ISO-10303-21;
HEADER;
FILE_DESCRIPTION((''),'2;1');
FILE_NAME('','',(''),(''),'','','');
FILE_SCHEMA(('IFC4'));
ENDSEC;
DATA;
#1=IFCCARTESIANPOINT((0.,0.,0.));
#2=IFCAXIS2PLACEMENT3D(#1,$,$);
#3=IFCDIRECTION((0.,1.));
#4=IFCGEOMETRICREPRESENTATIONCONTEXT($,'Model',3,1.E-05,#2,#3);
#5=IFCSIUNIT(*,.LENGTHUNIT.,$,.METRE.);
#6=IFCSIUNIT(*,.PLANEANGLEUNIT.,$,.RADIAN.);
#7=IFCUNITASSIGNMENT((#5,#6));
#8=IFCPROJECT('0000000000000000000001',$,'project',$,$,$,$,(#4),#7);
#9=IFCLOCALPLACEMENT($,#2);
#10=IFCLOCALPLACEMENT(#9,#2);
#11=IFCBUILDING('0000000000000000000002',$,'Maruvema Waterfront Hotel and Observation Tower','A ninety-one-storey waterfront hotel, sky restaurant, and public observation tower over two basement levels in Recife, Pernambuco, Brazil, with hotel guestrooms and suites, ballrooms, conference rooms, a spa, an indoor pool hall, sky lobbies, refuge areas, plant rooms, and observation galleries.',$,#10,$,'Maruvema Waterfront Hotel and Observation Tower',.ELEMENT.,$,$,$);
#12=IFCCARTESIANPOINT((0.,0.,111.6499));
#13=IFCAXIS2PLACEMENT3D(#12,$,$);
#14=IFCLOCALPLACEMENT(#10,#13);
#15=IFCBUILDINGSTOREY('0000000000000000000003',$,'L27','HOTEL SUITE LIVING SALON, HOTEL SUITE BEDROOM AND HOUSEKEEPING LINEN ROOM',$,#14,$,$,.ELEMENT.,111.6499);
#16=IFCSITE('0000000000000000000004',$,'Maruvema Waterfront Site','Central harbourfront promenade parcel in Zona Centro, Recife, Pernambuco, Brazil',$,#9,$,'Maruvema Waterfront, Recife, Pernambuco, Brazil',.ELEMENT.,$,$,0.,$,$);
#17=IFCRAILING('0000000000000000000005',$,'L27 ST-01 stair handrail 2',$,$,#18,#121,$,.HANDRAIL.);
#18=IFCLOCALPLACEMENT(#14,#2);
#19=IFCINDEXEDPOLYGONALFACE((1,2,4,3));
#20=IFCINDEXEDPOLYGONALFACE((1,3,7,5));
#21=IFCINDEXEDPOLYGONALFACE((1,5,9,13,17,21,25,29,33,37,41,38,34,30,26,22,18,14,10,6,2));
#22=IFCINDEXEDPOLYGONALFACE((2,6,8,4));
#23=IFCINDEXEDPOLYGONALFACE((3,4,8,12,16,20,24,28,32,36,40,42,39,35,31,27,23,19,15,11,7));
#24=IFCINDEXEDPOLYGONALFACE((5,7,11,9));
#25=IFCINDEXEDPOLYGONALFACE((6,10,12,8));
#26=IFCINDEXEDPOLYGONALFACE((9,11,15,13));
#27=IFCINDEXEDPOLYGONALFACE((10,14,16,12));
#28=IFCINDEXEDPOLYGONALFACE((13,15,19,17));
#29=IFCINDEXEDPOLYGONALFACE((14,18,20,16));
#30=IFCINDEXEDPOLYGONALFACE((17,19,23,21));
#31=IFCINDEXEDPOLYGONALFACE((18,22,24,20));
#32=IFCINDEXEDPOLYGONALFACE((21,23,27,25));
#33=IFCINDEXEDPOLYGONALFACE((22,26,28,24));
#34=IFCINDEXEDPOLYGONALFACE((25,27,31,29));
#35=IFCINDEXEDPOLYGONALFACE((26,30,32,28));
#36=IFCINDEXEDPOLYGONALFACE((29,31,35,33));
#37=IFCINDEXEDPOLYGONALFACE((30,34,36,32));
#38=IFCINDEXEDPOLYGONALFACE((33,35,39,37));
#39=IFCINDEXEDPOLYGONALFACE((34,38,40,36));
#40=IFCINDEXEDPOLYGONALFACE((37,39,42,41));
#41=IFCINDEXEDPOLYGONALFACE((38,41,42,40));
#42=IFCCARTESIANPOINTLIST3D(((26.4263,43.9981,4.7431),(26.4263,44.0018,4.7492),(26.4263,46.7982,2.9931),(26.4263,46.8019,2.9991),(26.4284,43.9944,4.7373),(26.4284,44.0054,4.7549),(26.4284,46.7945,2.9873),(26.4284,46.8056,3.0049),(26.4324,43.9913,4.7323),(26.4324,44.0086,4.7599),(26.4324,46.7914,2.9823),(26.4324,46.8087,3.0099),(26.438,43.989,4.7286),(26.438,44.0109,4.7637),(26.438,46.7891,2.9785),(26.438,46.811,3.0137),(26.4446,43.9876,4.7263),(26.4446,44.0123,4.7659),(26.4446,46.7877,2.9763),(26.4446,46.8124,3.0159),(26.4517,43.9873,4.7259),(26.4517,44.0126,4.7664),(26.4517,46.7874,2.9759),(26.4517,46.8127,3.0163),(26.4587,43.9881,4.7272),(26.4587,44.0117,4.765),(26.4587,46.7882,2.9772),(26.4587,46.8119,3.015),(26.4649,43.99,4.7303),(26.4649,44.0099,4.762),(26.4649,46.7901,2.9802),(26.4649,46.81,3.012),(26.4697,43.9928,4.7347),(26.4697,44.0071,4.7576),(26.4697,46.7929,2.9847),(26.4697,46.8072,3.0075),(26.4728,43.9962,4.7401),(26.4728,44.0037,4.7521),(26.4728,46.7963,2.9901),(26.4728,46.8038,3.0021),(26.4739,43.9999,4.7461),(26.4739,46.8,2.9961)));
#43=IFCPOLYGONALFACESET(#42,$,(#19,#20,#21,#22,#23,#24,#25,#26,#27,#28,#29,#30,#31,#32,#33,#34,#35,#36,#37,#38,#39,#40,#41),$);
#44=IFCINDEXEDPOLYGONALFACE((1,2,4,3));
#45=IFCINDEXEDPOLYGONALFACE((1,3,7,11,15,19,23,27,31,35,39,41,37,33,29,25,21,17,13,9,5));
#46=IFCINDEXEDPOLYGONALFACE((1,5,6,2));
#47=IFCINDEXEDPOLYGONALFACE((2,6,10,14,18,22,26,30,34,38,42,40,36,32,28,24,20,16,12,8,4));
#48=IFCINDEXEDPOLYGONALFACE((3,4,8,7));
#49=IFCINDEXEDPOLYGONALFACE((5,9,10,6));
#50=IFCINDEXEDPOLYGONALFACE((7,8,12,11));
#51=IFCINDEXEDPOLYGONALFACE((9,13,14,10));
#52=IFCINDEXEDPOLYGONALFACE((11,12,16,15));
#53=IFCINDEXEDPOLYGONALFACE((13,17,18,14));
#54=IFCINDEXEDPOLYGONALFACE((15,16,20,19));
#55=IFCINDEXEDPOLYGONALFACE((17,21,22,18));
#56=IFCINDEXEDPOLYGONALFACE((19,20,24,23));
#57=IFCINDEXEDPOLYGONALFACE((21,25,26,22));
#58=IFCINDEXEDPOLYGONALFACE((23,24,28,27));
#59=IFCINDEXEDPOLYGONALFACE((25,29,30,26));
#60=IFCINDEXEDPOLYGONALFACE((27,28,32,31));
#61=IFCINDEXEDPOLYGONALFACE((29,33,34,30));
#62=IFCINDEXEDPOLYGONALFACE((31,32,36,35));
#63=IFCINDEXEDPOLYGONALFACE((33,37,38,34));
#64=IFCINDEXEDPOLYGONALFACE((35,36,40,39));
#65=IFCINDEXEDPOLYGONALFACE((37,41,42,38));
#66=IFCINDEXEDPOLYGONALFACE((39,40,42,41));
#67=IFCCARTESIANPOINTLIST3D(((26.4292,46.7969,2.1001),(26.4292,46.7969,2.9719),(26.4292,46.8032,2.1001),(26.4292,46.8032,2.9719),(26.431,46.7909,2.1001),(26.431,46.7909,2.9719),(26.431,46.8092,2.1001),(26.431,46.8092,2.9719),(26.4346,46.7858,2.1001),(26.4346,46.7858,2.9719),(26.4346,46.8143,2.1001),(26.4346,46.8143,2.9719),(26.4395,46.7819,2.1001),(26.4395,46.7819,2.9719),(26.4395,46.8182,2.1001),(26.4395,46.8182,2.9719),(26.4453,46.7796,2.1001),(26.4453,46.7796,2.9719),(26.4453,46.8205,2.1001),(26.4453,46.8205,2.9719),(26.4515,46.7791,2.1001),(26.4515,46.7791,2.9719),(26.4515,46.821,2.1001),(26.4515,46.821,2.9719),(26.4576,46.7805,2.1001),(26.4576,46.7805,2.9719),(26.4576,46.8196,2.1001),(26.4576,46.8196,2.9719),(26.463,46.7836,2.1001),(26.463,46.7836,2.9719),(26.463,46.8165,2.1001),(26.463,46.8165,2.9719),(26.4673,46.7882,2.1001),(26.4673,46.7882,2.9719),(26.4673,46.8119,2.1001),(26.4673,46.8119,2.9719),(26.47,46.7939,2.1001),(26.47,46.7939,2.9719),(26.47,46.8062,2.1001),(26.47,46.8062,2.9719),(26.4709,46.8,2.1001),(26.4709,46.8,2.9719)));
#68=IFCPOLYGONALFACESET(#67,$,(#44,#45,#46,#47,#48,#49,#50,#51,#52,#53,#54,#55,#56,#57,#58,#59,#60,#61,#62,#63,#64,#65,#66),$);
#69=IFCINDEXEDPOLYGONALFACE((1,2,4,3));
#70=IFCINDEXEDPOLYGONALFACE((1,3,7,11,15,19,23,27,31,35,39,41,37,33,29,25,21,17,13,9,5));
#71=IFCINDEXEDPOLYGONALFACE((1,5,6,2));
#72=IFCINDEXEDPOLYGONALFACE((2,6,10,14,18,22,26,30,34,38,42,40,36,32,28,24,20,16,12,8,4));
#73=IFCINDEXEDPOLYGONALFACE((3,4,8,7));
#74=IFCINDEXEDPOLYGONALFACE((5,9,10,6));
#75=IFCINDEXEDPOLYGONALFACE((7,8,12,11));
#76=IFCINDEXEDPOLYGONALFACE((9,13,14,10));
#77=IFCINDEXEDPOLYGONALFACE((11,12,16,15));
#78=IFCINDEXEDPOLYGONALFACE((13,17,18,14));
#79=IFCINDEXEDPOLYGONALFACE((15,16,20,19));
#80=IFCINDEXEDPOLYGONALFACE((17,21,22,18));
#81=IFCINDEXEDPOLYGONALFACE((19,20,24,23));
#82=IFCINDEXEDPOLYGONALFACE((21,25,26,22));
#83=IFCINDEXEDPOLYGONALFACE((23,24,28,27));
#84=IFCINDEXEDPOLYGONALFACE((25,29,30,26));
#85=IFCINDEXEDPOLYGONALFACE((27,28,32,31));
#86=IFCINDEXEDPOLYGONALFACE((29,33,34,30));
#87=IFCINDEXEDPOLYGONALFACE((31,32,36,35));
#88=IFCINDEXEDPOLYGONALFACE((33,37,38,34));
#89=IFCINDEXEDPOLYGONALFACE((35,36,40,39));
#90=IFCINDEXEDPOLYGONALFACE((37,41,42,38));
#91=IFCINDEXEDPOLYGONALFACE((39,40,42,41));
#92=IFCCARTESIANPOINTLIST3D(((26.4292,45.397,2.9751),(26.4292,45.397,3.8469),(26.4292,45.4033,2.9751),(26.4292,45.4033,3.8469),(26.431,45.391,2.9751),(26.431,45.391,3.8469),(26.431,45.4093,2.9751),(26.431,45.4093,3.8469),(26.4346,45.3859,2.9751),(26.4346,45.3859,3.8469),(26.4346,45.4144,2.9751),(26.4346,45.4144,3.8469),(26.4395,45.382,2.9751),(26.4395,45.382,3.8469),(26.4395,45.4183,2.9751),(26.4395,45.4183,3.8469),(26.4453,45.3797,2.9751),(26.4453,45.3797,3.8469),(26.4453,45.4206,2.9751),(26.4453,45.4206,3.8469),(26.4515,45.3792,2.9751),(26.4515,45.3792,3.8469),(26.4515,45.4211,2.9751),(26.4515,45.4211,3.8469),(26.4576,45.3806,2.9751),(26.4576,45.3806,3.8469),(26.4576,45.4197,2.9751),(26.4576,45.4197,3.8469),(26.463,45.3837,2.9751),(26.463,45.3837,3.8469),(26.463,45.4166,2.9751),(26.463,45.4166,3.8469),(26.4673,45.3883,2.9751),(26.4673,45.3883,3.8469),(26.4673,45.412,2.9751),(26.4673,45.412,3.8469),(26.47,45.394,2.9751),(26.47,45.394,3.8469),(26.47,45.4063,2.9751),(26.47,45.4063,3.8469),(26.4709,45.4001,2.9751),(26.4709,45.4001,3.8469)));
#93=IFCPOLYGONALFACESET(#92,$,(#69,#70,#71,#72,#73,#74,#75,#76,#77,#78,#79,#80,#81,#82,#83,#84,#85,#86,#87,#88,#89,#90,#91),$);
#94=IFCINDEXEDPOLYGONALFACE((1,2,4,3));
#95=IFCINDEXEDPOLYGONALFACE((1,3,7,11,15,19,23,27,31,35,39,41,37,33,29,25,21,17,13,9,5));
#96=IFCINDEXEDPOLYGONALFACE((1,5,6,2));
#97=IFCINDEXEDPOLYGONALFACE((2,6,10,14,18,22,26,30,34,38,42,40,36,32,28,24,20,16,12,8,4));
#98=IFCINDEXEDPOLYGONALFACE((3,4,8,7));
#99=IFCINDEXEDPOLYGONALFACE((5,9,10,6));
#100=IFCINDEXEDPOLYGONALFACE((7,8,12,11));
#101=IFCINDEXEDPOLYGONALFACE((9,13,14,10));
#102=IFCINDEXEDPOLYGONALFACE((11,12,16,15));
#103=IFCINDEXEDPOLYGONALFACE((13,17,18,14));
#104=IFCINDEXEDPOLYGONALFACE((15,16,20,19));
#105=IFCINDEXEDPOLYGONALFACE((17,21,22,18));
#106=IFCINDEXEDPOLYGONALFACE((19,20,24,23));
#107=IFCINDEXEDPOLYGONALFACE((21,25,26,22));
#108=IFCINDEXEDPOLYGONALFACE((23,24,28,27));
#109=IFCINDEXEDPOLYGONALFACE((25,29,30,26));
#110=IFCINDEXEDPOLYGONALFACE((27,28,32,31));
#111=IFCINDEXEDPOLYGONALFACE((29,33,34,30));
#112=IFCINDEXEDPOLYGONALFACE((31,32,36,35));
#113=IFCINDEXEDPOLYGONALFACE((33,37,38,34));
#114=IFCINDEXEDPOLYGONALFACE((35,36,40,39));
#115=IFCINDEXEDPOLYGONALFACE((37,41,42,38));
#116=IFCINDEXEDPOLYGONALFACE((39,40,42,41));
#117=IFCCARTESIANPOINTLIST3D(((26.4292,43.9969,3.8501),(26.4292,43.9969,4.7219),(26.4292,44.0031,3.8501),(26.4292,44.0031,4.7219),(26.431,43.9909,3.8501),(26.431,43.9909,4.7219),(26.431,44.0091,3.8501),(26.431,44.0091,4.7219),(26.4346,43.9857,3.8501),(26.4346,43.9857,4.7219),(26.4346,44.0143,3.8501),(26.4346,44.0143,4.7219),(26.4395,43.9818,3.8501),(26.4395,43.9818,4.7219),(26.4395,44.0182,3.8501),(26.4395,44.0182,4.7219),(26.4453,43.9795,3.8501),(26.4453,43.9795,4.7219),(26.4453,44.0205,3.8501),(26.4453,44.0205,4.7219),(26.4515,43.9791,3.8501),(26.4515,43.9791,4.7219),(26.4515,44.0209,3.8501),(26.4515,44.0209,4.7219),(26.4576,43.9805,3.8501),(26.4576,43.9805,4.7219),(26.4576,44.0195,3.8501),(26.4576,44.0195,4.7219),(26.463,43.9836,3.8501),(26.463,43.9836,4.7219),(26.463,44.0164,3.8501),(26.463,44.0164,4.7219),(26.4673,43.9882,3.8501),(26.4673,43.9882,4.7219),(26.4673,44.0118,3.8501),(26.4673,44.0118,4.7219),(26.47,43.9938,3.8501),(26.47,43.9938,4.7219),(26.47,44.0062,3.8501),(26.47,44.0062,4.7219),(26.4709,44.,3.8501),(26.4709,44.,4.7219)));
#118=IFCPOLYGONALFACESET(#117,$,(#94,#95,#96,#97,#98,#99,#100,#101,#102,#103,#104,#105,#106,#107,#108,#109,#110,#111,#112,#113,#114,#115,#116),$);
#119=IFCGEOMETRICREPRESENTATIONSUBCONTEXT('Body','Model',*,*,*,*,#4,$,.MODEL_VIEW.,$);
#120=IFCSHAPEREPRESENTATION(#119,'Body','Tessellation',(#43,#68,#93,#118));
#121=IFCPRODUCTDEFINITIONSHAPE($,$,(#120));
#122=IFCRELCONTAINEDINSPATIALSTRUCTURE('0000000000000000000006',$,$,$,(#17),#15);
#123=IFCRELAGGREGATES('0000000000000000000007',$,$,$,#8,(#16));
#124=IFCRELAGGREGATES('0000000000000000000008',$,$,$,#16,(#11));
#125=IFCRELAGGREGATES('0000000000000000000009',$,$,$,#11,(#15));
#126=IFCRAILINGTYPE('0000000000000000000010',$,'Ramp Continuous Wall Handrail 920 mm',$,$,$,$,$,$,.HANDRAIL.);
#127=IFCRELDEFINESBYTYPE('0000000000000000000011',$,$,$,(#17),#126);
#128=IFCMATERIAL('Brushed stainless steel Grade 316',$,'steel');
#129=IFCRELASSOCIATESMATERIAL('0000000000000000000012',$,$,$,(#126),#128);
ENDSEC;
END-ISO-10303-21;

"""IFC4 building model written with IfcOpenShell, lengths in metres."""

from ifc_helpers import new_model, si_unit, direction, frame, origin, origin_2d, place, context, subcontext, project, spatial, circle, extrude, material, type_object, element, save


model = new_model("IFC4")

# Units and contexts
model_context = context("Model", 3, precision=1e-05, world=origin(), true_north=direction((0.0, 1.0)))
body_context = subcontext(model_context, "Body", "Model", "MODEL_VIEW")
ifc_project = project(units=[si_unit("LENGTHUNIT", "METRE"), si_unit("PLANEANGLEUNIT", "RADIAN")], contexts=[model_context])

# Site, building, storey
site_placement = place(None, origin())
site = spatial("IfcSite", under=ifc_project, at=site_placement, Name="Maruvema Waterfront Site", Description="Central harbourfront promenade parcel in Zona Centro, Recife, Pernambuco, Brazil", LongName="Maruvema Waterfront, Recife, Pernambuco, Brazil", CompositionType="ELEMENT", RefElevation=0.0)
building_placement = place(site_placement, origin())
building = spatial("IfcBuilding", under=site, at=building_placement, Name="Maruvema Waterfront Hotel and Observation Tower", Description="A ninety-one-storey waterfront hotel, sky restaurant, and public observation tower over two basement levels in Recife, Pernambuco, Brazil, with hotel guestrooms and suites, ballrooms, conference rooms, a spa, an indoor pool hall, sky lobbies, refuge areas, plant rooms, and observation galleries.", LongName="Maruvema Waterfront Hotel and Observation Tower", CompositionType="ELEMENT")
storey_placement = place(building_placement, frame((0.0, 0.0, 111.6499)))
storey = spatial("IfcBuildingStorey", under=building, at=storey_placement, Name="L27", Description="HOTEL SUITE LIVING SALON, HOTEL SUITE BEDROOM AND HOUSEKEEPING LINEN ROOM", CompositionType="ELEMENT", Elevation=111.6499)

# Railing
ifc_material_1 = material(Name="Brushed stainless steel Grade 316", Category="steel")
railing_type_1 = type_object("IfcRailingType", Name="Ramp Continuous Wall Handrail 920 mm", PredefinedType="HANDRAIL", material=ifc_material_1)
railing_1_placement = place(storey_placement, frame((26.45, 46.8, 2.1001)))
element("IfcRailing", 1, at=railing_1_placement, inside=storey, type_object=railing_type_1, Name="L27 ST-01 stair handrail 2", PredefinedType="HANDRAIL", context=body_context, shape_type="SweptSolid", body=[
    extrude(circle(Radius=0.0239, at=origin_2d()), frame((0.0, 0.0, 0.896), z_axis=(0.0, -0.848002, 0.529992), x_axis=(1.0, 0.0, 0.0)), (0.0, 0.0, 1.0), 3.302),
    extrude(circle(Radius=0.021, at=origin_2d()), origin(), (0.0, 0.0, 1.0), 0.8718),
    extrude(circle(Radius=0.021, at=origin_2d()), frame((0.0, -1.3999, 0.875)), (0.0, 0.0, 1.0), 0.8718),
    extrude(circle(Radius=0.021, at=origin_2d()), frame((0.0, -2.8, 1.75)), (0.0, 0.0, 1.0), 0.8718),
])

save(model, "model.ifc")
